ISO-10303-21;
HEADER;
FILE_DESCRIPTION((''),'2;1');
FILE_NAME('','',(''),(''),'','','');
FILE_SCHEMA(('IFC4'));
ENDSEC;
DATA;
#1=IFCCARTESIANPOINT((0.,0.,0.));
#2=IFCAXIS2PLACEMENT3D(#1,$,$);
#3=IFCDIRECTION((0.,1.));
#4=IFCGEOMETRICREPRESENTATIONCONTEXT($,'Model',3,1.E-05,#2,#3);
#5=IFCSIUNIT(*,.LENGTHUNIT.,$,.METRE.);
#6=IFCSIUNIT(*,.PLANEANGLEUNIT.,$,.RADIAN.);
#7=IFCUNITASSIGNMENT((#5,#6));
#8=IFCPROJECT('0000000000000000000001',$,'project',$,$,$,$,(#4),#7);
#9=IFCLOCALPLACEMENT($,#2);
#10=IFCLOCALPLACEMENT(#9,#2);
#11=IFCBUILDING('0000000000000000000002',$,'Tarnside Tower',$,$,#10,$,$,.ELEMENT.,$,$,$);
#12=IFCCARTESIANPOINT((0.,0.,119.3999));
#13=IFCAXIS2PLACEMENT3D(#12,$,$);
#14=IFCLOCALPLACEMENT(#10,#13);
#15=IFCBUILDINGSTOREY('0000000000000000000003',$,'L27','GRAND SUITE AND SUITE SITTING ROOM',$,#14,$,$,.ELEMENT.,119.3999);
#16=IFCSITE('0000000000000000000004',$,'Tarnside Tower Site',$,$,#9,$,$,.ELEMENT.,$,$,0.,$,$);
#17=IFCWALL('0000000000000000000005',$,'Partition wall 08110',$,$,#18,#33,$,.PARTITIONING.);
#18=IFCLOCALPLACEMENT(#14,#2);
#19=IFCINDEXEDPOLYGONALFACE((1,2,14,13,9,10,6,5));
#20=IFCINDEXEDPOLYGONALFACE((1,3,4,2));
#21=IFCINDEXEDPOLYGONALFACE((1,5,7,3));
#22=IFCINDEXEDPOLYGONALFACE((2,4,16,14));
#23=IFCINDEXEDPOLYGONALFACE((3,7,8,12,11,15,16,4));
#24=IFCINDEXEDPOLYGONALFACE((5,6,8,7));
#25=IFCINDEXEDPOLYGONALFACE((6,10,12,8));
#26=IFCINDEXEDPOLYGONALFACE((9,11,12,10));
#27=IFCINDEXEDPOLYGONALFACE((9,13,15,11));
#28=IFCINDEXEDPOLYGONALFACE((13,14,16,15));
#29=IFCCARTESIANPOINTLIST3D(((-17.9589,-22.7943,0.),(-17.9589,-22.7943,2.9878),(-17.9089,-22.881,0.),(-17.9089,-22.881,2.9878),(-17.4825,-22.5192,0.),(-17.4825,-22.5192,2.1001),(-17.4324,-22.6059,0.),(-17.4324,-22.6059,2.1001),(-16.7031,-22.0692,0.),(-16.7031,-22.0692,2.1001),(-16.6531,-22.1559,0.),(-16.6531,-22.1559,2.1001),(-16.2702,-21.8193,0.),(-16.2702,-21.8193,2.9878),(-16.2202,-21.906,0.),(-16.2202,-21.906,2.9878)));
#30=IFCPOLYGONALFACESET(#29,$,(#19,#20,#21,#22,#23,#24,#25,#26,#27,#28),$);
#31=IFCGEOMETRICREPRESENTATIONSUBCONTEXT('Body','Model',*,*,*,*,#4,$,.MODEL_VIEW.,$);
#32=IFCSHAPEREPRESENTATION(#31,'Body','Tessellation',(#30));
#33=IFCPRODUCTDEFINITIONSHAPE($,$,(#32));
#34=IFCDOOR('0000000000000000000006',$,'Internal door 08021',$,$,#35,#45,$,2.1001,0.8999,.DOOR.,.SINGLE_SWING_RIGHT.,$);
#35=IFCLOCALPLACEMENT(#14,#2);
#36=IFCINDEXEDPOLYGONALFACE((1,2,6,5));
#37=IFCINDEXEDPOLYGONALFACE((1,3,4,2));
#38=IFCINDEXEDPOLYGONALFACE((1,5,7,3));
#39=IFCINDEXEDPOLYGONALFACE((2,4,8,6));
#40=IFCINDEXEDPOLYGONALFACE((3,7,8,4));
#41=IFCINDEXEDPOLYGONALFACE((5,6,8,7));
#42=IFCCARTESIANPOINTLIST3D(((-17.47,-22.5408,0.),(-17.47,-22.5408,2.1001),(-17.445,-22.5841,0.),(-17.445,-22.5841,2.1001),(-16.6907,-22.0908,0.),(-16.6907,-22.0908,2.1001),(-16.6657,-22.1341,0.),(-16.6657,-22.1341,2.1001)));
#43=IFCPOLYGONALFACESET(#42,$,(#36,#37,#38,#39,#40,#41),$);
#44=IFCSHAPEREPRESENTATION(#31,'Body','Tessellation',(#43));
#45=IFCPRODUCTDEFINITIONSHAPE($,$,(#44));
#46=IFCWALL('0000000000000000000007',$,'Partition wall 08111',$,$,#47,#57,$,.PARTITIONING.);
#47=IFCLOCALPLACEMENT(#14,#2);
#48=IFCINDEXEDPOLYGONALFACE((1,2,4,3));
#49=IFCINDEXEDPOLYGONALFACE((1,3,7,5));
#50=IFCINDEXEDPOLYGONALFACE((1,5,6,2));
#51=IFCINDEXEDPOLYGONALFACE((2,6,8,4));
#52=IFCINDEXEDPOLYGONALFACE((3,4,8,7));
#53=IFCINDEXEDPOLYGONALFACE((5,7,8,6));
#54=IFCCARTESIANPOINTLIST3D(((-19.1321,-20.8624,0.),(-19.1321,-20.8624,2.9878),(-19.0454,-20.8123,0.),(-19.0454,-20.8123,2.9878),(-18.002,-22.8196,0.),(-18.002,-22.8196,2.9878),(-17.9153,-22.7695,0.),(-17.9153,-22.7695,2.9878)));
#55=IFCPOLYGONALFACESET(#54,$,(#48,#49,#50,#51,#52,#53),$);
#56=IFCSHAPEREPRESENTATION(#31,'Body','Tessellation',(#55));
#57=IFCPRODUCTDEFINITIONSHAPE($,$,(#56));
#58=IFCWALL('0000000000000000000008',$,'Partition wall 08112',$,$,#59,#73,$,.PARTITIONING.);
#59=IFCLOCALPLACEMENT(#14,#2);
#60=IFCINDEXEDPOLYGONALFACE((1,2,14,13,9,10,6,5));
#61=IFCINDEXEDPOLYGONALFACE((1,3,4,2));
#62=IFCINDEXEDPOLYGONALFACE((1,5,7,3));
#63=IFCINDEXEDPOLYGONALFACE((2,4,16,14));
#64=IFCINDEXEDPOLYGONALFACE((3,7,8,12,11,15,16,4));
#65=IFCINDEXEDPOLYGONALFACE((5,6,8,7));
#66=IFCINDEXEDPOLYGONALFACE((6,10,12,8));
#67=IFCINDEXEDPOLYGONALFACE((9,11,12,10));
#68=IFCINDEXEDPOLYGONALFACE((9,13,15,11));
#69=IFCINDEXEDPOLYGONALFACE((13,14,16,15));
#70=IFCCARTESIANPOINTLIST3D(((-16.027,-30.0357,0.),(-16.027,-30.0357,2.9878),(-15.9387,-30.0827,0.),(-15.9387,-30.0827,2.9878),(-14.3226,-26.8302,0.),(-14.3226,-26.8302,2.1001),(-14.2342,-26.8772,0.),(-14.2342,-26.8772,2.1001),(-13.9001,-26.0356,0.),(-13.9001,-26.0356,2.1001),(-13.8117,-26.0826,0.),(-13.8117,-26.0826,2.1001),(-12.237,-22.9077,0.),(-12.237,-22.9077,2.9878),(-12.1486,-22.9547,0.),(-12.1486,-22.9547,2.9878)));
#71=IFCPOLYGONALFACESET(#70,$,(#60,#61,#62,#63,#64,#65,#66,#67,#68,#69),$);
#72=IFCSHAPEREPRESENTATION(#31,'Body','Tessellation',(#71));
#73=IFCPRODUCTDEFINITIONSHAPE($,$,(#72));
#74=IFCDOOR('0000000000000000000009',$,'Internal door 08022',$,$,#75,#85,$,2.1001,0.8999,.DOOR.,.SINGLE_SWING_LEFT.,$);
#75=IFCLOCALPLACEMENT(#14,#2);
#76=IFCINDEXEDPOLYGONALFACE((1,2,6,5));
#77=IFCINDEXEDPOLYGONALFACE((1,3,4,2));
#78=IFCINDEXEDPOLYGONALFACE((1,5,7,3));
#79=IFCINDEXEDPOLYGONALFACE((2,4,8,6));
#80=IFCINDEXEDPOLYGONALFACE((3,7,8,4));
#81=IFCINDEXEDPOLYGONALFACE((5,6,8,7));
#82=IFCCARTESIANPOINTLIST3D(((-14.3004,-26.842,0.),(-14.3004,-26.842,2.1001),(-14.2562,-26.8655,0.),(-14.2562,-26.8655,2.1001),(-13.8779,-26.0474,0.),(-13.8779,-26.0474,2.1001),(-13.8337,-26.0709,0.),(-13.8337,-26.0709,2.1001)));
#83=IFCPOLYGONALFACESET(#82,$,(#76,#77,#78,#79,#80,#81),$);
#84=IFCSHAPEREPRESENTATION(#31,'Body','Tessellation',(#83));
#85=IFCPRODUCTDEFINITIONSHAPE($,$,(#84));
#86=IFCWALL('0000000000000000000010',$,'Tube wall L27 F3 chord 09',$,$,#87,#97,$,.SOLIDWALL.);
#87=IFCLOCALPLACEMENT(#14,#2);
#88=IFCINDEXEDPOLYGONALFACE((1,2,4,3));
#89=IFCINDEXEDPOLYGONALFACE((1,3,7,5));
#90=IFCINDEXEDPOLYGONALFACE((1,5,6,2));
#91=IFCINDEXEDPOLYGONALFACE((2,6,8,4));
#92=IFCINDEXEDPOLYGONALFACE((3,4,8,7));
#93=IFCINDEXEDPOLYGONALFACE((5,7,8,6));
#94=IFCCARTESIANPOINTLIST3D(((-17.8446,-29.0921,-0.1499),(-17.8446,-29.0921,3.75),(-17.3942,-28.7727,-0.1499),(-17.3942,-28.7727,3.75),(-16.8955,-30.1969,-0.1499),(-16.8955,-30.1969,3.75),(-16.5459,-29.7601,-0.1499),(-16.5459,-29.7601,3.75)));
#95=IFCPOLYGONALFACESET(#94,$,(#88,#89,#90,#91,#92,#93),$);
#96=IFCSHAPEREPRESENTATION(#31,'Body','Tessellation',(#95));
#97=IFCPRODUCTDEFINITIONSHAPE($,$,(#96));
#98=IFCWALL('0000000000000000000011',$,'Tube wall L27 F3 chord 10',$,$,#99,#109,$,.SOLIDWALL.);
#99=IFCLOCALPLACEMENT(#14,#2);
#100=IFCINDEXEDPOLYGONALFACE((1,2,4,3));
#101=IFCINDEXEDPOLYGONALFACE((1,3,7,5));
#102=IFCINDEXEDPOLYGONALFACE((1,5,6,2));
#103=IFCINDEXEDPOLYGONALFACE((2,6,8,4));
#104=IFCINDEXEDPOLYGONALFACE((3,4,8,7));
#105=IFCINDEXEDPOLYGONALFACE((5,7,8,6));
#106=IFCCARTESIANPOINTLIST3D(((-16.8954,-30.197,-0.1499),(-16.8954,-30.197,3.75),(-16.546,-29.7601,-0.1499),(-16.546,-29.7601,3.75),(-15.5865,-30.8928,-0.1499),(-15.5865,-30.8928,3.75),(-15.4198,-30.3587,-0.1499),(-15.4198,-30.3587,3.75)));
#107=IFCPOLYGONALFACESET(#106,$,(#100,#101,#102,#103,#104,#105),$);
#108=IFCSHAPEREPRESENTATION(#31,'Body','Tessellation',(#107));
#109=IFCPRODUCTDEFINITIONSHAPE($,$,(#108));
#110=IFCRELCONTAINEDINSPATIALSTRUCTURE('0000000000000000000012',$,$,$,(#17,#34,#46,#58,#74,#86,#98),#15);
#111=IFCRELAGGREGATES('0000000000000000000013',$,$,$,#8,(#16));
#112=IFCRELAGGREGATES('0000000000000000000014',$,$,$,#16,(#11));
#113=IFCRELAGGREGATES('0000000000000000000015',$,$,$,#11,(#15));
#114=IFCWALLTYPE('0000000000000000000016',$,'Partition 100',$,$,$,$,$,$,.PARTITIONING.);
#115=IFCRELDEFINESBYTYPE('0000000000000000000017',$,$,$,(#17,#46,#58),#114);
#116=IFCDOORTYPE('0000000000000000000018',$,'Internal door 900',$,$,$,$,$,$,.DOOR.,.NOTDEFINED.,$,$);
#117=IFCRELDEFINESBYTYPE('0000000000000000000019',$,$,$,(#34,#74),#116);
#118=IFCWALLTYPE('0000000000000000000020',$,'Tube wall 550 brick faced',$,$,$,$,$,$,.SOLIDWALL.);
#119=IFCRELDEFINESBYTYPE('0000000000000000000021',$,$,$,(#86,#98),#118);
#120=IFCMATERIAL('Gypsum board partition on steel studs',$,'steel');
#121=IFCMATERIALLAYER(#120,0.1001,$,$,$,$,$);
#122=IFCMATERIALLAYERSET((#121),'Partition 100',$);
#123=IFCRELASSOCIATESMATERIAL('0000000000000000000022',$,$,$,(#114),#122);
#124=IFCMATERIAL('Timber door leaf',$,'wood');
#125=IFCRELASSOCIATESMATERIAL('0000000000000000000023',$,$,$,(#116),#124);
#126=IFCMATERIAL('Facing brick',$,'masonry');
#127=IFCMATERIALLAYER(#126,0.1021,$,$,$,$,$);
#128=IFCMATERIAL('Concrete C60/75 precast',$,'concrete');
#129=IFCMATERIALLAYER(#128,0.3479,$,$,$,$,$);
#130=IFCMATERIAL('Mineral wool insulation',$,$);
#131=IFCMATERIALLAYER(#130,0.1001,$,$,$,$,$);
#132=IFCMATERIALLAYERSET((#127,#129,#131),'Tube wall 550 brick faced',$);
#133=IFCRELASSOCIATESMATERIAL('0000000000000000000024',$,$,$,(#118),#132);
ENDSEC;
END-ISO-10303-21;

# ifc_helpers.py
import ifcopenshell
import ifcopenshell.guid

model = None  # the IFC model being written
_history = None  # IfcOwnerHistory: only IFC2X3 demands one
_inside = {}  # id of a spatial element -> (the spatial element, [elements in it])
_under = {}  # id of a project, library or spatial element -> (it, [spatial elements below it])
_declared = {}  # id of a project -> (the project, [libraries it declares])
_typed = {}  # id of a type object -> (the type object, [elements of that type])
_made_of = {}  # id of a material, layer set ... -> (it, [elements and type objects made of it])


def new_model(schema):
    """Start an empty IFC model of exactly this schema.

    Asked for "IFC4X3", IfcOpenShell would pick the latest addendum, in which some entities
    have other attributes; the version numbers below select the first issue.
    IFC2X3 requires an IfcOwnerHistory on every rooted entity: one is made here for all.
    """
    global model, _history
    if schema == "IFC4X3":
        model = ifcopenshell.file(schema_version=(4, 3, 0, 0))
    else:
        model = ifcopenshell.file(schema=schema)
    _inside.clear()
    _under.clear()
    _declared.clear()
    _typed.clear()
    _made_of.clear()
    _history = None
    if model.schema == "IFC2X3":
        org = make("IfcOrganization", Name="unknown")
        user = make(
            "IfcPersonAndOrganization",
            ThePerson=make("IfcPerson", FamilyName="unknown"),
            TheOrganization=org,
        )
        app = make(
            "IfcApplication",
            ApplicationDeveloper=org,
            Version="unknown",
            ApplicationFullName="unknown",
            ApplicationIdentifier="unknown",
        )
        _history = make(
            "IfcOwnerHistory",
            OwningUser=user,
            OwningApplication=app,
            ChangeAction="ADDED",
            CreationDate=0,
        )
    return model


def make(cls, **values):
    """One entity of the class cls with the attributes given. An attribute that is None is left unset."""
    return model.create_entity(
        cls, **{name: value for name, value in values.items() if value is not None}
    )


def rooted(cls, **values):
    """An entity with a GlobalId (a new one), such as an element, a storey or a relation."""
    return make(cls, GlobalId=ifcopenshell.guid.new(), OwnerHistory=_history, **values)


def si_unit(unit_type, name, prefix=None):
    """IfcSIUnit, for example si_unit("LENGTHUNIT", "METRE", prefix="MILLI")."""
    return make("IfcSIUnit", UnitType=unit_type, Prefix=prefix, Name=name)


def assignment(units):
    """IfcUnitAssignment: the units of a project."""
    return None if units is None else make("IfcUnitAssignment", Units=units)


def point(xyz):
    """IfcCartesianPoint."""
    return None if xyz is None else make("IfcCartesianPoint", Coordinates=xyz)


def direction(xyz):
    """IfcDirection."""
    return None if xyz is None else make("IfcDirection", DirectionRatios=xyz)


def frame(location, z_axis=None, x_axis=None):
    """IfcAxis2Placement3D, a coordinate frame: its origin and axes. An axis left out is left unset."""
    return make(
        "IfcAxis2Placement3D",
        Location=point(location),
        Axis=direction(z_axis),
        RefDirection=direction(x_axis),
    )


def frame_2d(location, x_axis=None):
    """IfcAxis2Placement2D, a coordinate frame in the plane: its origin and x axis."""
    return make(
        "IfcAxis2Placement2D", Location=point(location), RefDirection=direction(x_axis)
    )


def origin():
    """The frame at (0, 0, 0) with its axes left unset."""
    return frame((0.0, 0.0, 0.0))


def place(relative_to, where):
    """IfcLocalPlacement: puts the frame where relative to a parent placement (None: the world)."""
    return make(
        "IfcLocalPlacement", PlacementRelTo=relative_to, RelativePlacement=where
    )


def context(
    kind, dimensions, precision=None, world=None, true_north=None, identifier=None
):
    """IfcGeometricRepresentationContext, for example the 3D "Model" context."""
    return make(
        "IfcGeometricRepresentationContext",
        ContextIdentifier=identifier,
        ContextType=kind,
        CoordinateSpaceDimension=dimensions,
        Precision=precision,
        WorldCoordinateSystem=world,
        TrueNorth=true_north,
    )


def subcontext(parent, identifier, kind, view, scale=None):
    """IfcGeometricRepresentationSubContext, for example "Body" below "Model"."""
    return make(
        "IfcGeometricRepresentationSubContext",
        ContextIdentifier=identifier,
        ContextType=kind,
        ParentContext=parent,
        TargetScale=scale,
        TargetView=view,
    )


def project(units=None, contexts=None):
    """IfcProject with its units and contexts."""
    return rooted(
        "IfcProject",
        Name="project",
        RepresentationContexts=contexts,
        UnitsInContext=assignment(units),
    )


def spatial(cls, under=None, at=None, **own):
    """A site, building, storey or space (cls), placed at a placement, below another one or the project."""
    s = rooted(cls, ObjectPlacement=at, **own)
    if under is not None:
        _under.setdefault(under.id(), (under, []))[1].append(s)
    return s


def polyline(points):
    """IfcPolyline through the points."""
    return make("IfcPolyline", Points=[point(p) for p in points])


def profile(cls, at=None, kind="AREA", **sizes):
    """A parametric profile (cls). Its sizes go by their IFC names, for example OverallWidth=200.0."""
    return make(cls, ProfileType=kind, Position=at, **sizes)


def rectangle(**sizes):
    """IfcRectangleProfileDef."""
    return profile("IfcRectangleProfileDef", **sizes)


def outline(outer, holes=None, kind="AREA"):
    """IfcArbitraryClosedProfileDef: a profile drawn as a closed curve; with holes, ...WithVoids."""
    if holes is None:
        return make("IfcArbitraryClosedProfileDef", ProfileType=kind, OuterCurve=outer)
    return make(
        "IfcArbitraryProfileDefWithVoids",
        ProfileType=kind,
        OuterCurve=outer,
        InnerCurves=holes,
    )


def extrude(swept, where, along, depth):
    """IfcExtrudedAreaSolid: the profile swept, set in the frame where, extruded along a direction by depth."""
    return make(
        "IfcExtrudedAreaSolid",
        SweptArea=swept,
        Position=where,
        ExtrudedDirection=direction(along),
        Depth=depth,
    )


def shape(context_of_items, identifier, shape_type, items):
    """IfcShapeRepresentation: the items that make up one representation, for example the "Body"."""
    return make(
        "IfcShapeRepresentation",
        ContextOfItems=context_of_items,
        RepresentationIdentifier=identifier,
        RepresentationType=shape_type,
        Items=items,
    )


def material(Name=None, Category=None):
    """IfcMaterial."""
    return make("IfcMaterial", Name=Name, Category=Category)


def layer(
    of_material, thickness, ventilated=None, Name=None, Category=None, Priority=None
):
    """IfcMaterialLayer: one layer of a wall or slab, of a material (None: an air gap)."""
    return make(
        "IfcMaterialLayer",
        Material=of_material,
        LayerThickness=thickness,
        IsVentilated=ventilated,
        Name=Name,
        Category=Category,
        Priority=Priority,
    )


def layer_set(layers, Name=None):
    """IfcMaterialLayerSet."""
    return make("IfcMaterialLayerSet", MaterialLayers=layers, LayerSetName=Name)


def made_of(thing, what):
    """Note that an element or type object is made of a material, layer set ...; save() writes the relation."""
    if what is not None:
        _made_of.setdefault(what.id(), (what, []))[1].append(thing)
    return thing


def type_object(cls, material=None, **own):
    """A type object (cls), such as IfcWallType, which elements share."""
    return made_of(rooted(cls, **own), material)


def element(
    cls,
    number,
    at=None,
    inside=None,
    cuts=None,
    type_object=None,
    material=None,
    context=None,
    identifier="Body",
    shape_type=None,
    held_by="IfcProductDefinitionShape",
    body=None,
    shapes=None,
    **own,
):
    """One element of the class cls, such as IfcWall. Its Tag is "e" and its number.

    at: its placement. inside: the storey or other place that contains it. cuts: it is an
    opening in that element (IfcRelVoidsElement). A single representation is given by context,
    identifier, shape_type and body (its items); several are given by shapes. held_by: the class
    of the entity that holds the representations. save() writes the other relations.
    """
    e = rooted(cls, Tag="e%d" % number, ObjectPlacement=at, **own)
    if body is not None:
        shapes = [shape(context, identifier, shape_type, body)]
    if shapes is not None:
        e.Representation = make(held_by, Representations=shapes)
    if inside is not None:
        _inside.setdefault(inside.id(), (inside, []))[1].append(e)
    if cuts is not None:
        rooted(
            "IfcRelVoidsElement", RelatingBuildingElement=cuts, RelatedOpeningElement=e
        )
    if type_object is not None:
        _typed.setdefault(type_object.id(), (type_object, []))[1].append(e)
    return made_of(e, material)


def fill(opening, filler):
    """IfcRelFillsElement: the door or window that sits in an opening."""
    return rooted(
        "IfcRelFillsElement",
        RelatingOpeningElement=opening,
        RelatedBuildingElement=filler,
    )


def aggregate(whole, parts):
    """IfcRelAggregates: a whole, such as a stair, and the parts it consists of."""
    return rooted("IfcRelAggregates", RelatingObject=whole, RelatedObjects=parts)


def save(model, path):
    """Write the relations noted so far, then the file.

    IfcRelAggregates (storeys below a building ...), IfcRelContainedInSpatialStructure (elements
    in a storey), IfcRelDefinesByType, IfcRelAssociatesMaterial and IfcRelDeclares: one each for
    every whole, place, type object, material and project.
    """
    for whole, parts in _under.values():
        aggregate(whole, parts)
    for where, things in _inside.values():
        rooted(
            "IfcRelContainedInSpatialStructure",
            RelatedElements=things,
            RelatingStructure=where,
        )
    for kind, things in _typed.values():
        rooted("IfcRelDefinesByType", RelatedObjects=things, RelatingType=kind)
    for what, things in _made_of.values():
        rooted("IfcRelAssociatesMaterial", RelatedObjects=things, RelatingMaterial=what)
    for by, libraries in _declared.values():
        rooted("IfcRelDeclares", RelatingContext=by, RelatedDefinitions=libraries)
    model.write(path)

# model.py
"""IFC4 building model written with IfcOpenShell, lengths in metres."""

from ifc_helpers import new_model, si_unit, direction, frame, frame_2d, origin, place, context, subcontext, project, spatial, polyline, rectangle, outline, extrude, material, layer, layer_set, type_object, element, fill, save


model = new_model("IFC4")

# Units and contexts
model_context = context("Model", 3, precision=1e-05, world=origin(), true_north=direction((0.0, 1.0)))
body_context = subcontext(model_context, "Body", "Model", "MODEL_VIEW")
ifc_project = project(units=[si_unit("LENGTHUNIT", "METRE"), si_unit("PLANEANGLEUNIT", "RADIAN")], contexts=[model_context])

# Site, building, storey
site_placement = place(None, origin())
site = spatial("IfcSite", under=ifc_project, at=site_placement, Name="Tarnside Tower Site", CompositionType="ELEMENT", RefElevation=0.0)
building_placement = place(site_placement, origin())
building = spatial("IfcBuilding", under=site, at=building_placement, Name="Tarnside Tower", CompositionType="ELEMENT")
storey_placement = place(building_placement, frame((0.0, 0.0, 119.3999)))
storey = spatial("IfcBuildingStorey", under=building, at=storey_placement, Name="L27", Description="GRAND SUITE AND SUITE SITTING ROOM", CompositionType="ELEMENT", Elevation=119.3999)

# Shared definitions
ifc_material_1 = material(Name="Gypsum board partition on steel studs", Category="steel")

# Shared definitions
ifc_material_2 = material(Name="Timber door leaf", Category="wood")

# Wall, opening, door
ifc_layer_1 = layer(ifc_material_1, 0.1001)
ifc_layer_set_1 = layer_set([ifc_layer_1], Name="Partition 100")
wall_type_1 = type_object("IfcWallType", Name="Partition 100", PredefinedType="PARTITIONING", material=ifc_layer_set_1)
wall_1_placement = place(storey_placement, frame((-16.2451, -21.8625, 0.0), z_axis=(0.0, 0.0, 1.0), x_axis=(-0.866, -0.500044, 0.0)))
wall_1 = element("IfcWall", 1, at=wall_1_placement, inside=storey, type_object=wall_type_1, Name="Partition wall 08110", PredefinedType="PARTITIONING", context=body_context, shape_type="SweptSolid", body=[
    extrude(rectangle(XDim=1.95, YDim=0.1001, at=frame_2d((0.9751, 0.0))), origin(), (0.0, 0.0, 1.0), 2.9878),
])
opening_1_placement = place(wall_1_placement, frame((0.5, 0.0, 0.0)))
opening_1 = element("IfcOpeningElement", 2, at=opening_1_placement, cuts=wall_1, PredefinedType="OPENING", context=body_context, shape_type="SweptSolid", body=[
    extrude(rectangle(XDim=0.8999, YDim=2.1001, at=frame_2d((0.45, 1.05))), frame((0.0, 0.0601, 0.0), z_axis=(0.0, -1.0, 0.0), x_axis=(1.0, 0.0, 0.0)), (0.0, 0.0, 1.0), 0.1201),
])
door_type_1 = type_object("IfcDoorType", Name="Internal door 900", OperationType="NOTDEFINED", PredefinedType="DOOR", material=ifc_material_2)
door_1_placement = place(opening_1_placement, origin())
door_1 = element("IfcDoor", 3, at=door_1_placement, inside=storey, type_object=door_type_1, Name="Internal door 08021", OperationType="SINGLE_SWING_RIGHT", OverallHeight=2.1001, OverallWidth=0.8999, PredefinedType="DOOR", context=body_context, shape_type="SweptSolid", body=[
    extrude(rectangle(XDim=0.8999, YDim=2.1001, at=frame_2d((0.45, 1.05))), frame((0.0, 0.0249, 0.0), z_axis=(0.0, -1.0, 0.0), x_axis=(1.0, 0.0, 0.0)), (0.0, 0.0, 1.0), 0.05),
])
fill(opening_1, door_1)

# Wall
wall_2_placement = place(storey_placement, frame((-17.9587, -22.7944, 0.0), z_axis=(0.0, 0.0, 1.0), x_axis=(-0.500031, 0.866007, 0.0)))
element("IfcWall", 4, at=wall_2_placement, inside=storey, type_object=wall_type_1, Name="Partition wall 08111", PredefinedType="PARTITIONING", context=body_context, shape_type="SweptSolid", body=[
    extrude(rectangle(XDim=2.26, YDim=0.1001, at=frame_2d((1.1299, 0.0))), origin(), (0.0, 0.0, 1.0), 2.9878),
])

# Wall, opening, door
wall_3_placement = place(storey_placement, frame((-15.9829, -30.0593, 0.0), z_axis=(0.0, 0.0, 1.0), x_axis=(0.469477, 0.882945, 0.0)))
wall_3 = element("IfcWall", 5, at=wall_3_placement, inside=storey, type_object=wall_type_1, Name="Partition wall 08112", PredefinedType="PARTITIONING", context=body_context, shape_type="SweptSolid", body=[
    extrude(rectangle(XDim=8.073, YDim=0.1001, at=frame_2d((4.0366, 0.0))), origin(), (0.0, 0.0, 1.0), 2.9878),
])
opening_2_placement = place(wall_3_placement, frame((3.6306, 0.0, 0.0)))
opening_2 = element("IfcOpeningElement", 6, at=opening_2_placement, cuts=wall_3, PredefinedType="OPENING", context=body_context, shape_type="SweptSolid", body=[
    extrude(rectangle(XDim=0.8999, YDim=2.1001, at=frame_2d((0.45, 1.05))), frame((0.0, 0.0601, 0.0), z_axis=(0.0, -1.0, 0.0), x_axis=(1.0, 0.0, 0.0)), (0.0, 0.0, 1.0), 0.1201),
])
door_2_placement = place(opening_2_placement, origin())
door_2 = element("IfcDoor", 7, at=door_2_placement, inside=storey, type_object=door_type_1, Name="Internal door 08022", OperationType="SINGLE_SWING_LEFT", OverallHeight=2.1001, OverallWidth=0.8999, PredefinedType="DOOR", context=body_context, shape_type="SweptSolid", body=[
    extrude(rectangle(XDim=0.8999, YDim=2.1001, at=frame_2d((0.45, 1.05))), frame((0.0, 0.0249, 0.0), z_axis=(0.0, -1.0, 0.0), x_axis=(1.0, 0.0, 0.0)), (0.0, 0.0, 1.0), 0.05),
])
fill(opening_2, door_2)

# Walls
ifc_material_3 = material(Name="Facing brick", Category="masonry")
ifc_layer_2 = layer(ifc_material_3, 0.1021)
ifc_material_4 = material(Name="Concrete C60/75 precast", Category="concrete")
ifc_layer_3 = layer(ifc_material_4, 0.3479)
ifc_material_5 = material(Name="Mineral wool insulation")
ifc_layer_4 = layer(ifc_material_5, 0.1001)
ifc_layer_set_2 = layer_set([ifc_layer_2, ifc_layer_3, ifc_layer_4], Name="Tube wall 550 brick faced")
wall_type_2 = type_object("IfcWallType", Name="Tube wall 550 brick faced", PredefinedType="SOLIDWALL", material=ifc_layer_set_2)
wall_4_placement = place(storey_placement, frame((-17.6194, -28.9324, -0.1499), z_axis=(0.0, 0.0, 1.0), x_axis=(0.651622, -0.758544, 0.0)))
element("IfcWall", 8, at=wall_4_placement, inside=storey, type_object=wall_type_2, Name="Tube wall L27 F3 chord 09", PredefinedType="SOLIDWALL", context=body_context, shape_type="SweptSolid", body=[
    extrude(outline(polyline([(-0.0256, -0.2749), (1.4309, -0.2749), (1.3274, 0.2749), (0.0256, 0.2749), (-0.0256, -0.2749)])), origin(), (0.0, 0.0, 1.0), 3.8999),
])
wall_5_placement = place(storey_placement, frame((-16.7207, -29.9785, -0.1499), z_axis=(0.0, 0.0, 1.0), x_axis=(0.882994, -0.469384, 0.0)))
element("IfcWall", 9, at=wall_5_placement, inside=storey, type_object=wall_type_2, Name="Tube wall L27 F3 chord 10", PredefinedType="SOLIDWALL", context=body_context, shape_type="SweptSolid", body=[
    extrude(outline(polyline([(-0.0518, -0.2749), (1.4307, -0.2749), (1.3271, 0.2749), (0.0518, 0.2749), (-0.0518, -0.2749)])), origin(), (0.0, 0.0, 1.0), 3.8999),
])

save(model, "model.ifc")
